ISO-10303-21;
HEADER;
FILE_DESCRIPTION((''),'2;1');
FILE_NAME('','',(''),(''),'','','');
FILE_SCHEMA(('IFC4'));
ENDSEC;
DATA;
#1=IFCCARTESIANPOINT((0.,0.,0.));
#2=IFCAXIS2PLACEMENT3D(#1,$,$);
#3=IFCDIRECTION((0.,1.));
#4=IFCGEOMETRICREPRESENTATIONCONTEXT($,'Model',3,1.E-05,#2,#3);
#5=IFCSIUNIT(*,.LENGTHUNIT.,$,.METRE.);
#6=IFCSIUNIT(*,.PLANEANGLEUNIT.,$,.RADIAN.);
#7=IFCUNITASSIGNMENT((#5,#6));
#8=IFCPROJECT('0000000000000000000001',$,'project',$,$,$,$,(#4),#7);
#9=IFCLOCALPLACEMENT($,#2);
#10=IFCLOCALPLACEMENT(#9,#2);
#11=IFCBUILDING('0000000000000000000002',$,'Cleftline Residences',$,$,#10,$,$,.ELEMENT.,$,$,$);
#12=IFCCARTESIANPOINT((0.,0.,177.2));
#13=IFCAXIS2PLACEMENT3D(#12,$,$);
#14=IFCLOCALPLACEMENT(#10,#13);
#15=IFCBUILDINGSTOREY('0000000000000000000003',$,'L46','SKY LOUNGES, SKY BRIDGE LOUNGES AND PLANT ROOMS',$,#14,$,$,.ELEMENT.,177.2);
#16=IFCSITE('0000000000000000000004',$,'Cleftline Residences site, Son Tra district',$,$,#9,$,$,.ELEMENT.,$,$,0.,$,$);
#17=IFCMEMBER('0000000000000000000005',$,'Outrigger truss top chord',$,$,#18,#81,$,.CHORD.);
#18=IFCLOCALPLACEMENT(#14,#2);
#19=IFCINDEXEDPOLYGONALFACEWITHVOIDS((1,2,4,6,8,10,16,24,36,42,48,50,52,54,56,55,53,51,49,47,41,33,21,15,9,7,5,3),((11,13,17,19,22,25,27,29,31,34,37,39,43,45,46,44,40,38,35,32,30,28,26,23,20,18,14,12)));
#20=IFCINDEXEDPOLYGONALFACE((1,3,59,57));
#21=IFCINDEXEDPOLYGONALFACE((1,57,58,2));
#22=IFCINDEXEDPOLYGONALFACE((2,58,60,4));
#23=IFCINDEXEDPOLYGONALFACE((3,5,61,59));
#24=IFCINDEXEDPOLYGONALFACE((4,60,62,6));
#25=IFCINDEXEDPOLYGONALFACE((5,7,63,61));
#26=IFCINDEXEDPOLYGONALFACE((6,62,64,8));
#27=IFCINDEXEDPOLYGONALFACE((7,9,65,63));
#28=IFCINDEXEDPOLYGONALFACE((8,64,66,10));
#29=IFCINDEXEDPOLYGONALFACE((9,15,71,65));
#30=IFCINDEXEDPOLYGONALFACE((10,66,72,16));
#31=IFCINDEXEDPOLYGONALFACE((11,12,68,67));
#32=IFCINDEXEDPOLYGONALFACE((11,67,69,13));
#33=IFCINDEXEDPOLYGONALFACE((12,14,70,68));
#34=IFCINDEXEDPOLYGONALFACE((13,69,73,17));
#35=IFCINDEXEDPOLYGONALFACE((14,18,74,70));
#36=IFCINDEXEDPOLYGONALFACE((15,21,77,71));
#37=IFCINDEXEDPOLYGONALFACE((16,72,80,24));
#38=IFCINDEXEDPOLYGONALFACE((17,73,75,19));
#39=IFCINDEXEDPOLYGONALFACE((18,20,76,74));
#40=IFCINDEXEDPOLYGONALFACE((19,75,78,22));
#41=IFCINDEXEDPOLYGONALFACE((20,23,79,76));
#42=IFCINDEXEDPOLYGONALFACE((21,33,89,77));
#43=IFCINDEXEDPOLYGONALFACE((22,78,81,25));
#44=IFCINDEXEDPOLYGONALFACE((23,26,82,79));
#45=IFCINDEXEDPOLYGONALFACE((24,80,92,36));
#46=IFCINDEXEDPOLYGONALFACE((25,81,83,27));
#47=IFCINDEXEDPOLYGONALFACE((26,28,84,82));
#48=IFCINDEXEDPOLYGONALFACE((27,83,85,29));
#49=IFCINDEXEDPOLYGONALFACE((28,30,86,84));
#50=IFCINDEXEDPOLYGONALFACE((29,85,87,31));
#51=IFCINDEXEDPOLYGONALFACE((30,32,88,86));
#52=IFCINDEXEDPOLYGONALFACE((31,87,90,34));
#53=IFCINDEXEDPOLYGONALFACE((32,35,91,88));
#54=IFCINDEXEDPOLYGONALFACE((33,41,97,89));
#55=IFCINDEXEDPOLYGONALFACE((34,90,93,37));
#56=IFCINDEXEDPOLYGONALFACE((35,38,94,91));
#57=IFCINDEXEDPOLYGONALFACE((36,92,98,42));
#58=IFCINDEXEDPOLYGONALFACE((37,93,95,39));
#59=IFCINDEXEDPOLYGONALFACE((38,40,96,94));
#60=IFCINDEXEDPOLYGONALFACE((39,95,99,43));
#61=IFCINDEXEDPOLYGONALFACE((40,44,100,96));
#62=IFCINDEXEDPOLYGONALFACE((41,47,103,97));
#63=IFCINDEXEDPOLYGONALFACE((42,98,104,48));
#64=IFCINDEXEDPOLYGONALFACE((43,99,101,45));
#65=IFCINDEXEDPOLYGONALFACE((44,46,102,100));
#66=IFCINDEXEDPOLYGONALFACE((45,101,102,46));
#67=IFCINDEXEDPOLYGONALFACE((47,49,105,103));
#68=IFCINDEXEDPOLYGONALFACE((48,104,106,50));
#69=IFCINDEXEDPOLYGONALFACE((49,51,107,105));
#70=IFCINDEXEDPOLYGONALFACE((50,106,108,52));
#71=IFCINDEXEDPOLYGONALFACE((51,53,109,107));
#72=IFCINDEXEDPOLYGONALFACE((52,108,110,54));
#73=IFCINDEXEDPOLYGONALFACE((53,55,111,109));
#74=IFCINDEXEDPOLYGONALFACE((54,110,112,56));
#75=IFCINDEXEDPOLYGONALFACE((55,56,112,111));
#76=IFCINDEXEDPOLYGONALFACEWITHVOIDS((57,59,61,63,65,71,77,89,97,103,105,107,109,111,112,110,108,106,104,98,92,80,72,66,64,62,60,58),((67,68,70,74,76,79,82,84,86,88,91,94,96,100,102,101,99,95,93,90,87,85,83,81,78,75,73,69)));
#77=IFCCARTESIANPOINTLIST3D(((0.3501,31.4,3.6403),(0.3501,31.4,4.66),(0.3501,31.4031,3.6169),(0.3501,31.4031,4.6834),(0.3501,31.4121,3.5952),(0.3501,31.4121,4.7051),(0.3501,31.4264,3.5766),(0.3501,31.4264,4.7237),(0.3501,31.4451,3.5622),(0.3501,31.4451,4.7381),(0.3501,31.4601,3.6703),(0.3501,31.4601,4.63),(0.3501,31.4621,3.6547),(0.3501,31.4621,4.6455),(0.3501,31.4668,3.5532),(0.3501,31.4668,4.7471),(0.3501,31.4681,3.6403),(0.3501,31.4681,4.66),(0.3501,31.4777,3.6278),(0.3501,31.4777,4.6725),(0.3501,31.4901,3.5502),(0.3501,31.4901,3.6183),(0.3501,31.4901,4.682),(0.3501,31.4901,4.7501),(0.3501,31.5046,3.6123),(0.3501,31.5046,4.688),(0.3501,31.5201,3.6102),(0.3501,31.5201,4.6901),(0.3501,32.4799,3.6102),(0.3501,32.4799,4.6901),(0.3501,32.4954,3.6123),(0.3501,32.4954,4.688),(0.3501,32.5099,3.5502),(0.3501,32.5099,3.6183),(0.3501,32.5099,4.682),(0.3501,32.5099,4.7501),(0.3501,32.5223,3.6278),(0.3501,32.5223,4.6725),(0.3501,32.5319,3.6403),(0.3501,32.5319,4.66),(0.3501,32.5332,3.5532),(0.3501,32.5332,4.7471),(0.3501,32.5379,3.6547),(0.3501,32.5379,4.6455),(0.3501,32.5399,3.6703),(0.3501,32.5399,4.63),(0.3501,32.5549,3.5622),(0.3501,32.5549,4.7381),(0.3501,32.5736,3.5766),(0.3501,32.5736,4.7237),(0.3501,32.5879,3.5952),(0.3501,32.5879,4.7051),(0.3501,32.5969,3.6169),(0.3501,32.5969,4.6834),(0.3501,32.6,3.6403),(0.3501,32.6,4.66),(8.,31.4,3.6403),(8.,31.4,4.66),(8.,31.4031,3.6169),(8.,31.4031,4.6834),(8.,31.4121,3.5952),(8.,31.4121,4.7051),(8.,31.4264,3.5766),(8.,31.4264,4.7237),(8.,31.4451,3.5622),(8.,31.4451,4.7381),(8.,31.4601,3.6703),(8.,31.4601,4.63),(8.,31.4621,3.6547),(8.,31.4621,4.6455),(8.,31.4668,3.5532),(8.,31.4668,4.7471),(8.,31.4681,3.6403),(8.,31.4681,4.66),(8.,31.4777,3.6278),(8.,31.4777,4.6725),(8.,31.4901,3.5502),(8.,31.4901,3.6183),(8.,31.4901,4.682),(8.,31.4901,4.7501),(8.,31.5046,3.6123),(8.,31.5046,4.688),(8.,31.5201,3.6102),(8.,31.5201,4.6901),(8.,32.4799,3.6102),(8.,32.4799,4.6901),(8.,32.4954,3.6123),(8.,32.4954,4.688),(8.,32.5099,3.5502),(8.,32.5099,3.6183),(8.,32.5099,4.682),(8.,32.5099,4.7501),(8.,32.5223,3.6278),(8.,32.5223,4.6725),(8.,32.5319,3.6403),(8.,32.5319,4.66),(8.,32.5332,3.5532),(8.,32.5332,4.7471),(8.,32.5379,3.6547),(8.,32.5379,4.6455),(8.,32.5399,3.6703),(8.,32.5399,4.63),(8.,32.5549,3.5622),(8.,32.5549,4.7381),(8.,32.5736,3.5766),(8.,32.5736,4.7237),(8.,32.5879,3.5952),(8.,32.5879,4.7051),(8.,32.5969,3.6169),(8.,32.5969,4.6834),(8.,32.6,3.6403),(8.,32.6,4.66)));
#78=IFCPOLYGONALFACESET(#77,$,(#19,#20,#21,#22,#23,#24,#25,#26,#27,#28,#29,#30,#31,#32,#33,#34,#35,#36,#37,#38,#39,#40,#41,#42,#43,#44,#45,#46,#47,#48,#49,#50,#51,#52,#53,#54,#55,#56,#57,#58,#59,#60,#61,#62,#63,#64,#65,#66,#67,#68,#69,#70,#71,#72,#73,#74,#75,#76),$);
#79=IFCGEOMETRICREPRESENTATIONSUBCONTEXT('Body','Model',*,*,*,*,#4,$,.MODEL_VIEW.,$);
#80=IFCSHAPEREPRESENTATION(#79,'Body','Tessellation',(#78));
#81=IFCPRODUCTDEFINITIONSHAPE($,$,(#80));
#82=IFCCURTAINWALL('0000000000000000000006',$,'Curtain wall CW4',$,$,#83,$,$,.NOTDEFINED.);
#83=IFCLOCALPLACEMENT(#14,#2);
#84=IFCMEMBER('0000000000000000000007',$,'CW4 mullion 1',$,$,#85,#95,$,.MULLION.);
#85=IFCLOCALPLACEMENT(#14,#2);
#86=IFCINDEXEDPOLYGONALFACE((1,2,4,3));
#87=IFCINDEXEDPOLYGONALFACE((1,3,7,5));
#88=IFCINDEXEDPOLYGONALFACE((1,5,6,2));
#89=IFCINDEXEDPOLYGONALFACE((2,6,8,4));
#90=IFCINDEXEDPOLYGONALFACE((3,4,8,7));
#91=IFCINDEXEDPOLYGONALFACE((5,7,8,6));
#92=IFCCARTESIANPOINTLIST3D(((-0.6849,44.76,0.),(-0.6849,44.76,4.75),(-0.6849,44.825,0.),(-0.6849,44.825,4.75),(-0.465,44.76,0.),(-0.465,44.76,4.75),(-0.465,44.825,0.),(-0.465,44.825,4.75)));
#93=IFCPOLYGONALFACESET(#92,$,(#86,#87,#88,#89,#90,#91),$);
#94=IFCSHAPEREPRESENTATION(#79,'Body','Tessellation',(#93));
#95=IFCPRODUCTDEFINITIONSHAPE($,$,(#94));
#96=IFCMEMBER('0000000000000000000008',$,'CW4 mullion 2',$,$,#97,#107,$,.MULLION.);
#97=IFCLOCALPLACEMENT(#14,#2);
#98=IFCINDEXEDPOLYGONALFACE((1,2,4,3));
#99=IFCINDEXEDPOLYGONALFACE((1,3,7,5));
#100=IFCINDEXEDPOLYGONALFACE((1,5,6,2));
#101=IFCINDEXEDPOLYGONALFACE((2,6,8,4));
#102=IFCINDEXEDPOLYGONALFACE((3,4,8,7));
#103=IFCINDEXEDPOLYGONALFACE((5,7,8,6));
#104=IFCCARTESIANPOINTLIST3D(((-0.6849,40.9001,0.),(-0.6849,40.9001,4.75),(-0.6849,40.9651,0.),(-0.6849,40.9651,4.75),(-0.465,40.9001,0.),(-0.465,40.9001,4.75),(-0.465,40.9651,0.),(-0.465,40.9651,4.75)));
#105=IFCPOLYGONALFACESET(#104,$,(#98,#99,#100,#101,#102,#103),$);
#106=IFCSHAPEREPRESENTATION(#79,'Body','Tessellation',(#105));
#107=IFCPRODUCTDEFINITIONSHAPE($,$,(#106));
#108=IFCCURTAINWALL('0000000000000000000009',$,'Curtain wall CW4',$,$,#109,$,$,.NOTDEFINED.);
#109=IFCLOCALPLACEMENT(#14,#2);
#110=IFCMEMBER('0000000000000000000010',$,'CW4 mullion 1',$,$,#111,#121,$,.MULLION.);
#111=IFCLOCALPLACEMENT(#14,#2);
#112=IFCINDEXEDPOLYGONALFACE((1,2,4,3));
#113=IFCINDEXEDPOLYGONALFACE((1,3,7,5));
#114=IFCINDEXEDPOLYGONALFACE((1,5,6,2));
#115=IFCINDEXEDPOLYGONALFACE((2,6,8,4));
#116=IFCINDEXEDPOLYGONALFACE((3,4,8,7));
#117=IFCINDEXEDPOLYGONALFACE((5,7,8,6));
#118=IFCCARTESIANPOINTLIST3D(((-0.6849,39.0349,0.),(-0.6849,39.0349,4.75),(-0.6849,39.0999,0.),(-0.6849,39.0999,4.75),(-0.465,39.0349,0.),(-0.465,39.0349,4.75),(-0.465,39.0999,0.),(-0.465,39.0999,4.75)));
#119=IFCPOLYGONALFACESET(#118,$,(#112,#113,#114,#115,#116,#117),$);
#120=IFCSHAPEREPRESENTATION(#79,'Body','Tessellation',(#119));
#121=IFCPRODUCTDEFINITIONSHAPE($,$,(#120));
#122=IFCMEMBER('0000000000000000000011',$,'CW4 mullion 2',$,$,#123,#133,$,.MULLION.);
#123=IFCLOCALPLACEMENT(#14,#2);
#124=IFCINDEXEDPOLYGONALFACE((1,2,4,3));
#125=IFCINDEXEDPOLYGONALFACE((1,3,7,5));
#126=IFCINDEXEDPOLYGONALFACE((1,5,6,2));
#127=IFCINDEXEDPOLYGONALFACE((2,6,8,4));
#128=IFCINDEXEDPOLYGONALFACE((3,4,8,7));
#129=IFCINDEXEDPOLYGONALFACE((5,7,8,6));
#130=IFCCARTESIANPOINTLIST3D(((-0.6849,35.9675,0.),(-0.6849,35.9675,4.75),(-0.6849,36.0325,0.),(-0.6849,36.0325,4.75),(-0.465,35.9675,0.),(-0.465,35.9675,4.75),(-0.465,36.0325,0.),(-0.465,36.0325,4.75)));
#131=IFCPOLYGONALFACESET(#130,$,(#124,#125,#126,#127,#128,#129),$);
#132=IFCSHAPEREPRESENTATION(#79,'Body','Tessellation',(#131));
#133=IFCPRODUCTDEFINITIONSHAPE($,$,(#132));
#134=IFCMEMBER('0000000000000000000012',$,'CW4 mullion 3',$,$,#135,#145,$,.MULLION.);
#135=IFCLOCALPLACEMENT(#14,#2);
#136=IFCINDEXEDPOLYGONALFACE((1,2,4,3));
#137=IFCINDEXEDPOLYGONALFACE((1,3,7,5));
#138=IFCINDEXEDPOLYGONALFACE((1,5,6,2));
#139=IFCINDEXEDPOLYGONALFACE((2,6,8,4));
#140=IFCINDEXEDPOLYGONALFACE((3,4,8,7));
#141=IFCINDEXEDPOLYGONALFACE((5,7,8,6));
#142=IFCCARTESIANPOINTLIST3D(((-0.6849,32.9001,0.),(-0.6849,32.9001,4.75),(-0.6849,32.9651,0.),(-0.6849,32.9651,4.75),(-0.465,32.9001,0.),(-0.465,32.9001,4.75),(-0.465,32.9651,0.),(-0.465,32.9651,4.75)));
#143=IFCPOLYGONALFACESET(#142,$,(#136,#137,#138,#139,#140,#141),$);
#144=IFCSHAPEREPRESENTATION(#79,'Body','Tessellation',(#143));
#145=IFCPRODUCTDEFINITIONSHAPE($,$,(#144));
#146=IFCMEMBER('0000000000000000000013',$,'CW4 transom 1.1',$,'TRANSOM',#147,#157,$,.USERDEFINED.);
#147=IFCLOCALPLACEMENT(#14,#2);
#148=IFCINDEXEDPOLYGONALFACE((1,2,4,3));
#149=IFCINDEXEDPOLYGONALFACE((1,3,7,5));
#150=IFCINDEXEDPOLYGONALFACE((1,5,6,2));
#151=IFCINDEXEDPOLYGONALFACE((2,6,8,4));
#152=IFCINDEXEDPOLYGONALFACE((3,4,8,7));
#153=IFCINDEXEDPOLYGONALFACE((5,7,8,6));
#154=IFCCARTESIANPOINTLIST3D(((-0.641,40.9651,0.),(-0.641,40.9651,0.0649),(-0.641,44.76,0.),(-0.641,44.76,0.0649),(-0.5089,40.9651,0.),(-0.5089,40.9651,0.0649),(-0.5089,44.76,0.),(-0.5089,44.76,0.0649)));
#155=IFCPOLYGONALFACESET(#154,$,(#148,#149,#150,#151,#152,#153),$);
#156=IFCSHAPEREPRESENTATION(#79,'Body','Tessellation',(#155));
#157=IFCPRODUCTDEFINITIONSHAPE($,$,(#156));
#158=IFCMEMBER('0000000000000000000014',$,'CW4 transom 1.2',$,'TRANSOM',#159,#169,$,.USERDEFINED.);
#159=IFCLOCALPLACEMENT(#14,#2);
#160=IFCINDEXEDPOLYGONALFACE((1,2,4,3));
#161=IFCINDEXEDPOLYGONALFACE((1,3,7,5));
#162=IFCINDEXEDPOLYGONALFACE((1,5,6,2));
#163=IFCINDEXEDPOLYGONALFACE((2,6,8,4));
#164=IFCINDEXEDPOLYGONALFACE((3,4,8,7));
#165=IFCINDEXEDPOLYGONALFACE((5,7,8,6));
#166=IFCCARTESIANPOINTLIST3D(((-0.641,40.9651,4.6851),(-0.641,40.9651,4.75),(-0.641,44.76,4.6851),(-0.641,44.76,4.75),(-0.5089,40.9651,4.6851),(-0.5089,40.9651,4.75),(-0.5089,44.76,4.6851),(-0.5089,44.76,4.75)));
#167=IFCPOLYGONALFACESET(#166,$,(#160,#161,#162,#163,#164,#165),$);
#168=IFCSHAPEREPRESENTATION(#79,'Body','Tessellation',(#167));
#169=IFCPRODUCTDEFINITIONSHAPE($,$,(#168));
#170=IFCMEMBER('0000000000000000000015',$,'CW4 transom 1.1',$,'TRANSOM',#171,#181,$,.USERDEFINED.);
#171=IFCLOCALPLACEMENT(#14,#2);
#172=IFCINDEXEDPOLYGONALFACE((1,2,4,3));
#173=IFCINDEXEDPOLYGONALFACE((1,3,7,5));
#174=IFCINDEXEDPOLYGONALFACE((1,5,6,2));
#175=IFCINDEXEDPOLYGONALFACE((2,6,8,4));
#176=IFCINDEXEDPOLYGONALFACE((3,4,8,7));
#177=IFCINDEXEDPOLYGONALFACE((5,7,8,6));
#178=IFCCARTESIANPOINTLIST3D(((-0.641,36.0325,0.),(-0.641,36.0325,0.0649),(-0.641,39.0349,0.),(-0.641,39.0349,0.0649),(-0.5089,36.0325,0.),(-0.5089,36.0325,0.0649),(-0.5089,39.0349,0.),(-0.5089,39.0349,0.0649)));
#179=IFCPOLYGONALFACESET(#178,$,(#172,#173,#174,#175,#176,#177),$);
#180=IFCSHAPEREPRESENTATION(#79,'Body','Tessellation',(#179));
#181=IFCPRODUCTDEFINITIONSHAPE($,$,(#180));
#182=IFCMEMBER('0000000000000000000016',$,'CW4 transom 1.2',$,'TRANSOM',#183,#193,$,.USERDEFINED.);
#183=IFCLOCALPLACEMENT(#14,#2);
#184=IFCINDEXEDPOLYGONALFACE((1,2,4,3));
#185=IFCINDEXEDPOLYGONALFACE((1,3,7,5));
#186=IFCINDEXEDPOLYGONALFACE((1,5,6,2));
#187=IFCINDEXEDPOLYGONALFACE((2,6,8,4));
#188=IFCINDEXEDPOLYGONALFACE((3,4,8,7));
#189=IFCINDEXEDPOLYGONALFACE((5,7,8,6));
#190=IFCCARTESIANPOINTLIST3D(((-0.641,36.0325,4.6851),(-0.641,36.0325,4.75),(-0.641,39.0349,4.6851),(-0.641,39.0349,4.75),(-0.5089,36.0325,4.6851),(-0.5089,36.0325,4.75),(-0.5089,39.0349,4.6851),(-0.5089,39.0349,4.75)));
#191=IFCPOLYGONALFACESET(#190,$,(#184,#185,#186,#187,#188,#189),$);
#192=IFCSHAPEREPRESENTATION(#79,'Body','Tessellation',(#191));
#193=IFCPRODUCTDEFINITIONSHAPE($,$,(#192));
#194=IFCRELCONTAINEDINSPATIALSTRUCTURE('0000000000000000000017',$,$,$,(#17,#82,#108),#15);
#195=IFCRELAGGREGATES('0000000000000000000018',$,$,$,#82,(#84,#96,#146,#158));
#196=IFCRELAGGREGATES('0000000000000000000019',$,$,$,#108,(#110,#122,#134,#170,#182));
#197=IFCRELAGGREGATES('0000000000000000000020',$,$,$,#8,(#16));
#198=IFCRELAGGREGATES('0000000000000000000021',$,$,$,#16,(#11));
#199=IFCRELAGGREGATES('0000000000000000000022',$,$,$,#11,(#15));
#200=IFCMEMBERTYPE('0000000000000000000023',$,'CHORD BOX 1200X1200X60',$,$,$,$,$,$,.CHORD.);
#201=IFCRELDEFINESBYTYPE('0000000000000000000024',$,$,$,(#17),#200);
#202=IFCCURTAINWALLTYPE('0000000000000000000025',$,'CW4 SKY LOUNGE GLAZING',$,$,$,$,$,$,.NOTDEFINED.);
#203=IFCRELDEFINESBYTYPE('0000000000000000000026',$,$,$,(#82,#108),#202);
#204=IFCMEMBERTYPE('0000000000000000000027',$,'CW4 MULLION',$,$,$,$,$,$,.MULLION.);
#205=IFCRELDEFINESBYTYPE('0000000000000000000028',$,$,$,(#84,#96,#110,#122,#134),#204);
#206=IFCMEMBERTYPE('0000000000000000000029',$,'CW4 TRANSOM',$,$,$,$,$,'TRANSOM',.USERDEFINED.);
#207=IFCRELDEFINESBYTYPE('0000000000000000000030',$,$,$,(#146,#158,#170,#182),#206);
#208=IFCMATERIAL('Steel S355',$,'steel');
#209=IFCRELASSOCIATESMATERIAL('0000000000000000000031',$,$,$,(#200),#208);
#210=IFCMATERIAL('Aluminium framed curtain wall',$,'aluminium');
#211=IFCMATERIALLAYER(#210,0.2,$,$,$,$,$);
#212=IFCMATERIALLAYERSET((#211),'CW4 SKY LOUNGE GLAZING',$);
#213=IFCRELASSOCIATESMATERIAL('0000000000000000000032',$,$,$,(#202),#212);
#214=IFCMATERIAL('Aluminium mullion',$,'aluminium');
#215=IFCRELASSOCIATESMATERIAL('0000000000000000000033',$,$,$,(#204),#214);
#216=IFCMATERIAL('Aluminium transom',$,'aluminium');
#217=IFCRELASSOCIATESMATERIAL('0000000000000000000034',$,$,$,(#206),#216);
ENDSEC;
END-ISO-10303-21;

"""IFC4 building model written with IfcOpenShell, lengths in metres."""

from ifc_helpers import new_model, si_unit, direction, frame, origin, origin_2d, place, context, subcontext, project, spatial, rectangle, hollow_rectangle, extrude, material, layer, layer_set, material_profile, profile_set, type_object, element, aggregate, save


model = new_model("IFC4")

# Units and contexts
model_context = context("Model", 3, precision=1e-05, world=origin(), true_north=direction((0.0, 1.0)))
body_context = subcontext(model_context, "Body", "Model", "MODEL_VIEW")
ifc_project = project(units=[si_unit("LENGTHUNIT", "METRE"), si_unit("PLANEANGLEUNIT", "RADIAN")], contexts=[model_context])

# Site, building, storey
site_placement = place(None, origin())
site = spatial("IfcSite", under=ifc_project, at=site_placement, Name="Cleftline Residences site, Son Tra district", CompositionType="ELEMENT", RefElevation=0.0)
building_placement = place(site_placement, origin())
building = spatial("IfcBuilding", under=site, at=building_placement, Name="Cleftline Residences", CompositionType="ELEMENT")
storey_placement = place(building_placement, frame((0.0, 0.0, 177.2)))
storey = spatial("IfcBuildingStorey", under=building, at=storey_placement, Name="L46", Description="SKY LOUNGES, SKY BRIDGE LOUNGES AND PLANT ROOMS", CompositionType="ELEMENT", Elevation=177.2)

# Member
ifc_material_1 = material(Name="Steel S355", Category="steel")
ifc_material_profile_1 = material_profile(ifc_material_1, hollow_rectangle(XDim=1.2, YDim=1.2, WallThickness=0.0601, InnerFilletRadius=0.0601, OuterFilletRadius=0.0901, at=origin_2d()))
ifc_profile_set_1 = profile_set([ifc_material_profile_1], Name="Steel S355")
member_type_1 = type_object("IfcMemberType", Name="CHORD BOX 1200X1200X60", PredefinedType="CHORD", material=ifc_profile_set_1)
member_1_placement = place(storey_placement, frame((8.0, 32.0, 4.1501), z_axis=(-1.0, 0.0, 0.0), x_axis=(0.0, -1.0, 0.0)))
element("IfcMember", 1, at=member_1_placement, inside=storey, type_object=member_type_1, Name="Outrigger truss top chord", PredefinedType="CHORD", context=body_context, shape_type="SweptSolid", body=[
    extrude(hollow_rectangle(XDim=1.2, YDim=1.2, WallThickness=0.0601, InnerFilletRadius=0.0601, OuterFilletRadius=0.0901, at=origin_2d()), origin(), (0.0, 0.0, 1.0), 7.6499),
])

# Curtain walls, members
ifc_material_2 = material(Name="Aluminium framed curtain wall", Category="aluminium")
ifc_layer_1 = layer(ifc_material_2, 0.2)
ifc_layer_set_1 = layer_set([ifc_layer_1], Name="CW4 SKY LOUNGE GLAZING")
curtain_wall_type = type_object("IfcCurtainWallType", Name="CW4 SKY LOUNGE GLAZING", PredefinedType="NOTDEFINED", material=ifc_layer_set_1)
curtain_wall_1_placement = place(storey_placement, origin())
curtain_wall_1 = element("IfcCurtainWall", 2, at=curtain_wall_1_placement, inside=storey, type_object=curtain_wall_type, Name="Curtain wall CW4", PredefinedType="NOTDEFINED")
ifc_material_3 = material(Name="Aluminium mullion", Category="aluminium")
ifc_material_profile_2 = material_profile(ifc_material_3, rectangle(XDim=0.22, YDim=0.0649, at=origin_2d()))
ifc_profile_set_2 = profile_set([ifc_material_profile_2], Name="Aluminium mullion")
member_type_2 = type_object("IfcMemberType", Name="CW4 MULLION", PredefinedType="MULLION", material=ifc_profile_set_2)
member_2_placement = place(storey_placement, frame((-0.575, 44.7925, 0.0), z_axis=(0.0, 0.0, 1.0), x_axis=(1.0, 0.0, 0.0)))
member_2 = element("IfcMember", 3, at=member_2_placement, type_object=member_type_2, Name="CW4 mullion 1", PredefinedType="MULLION", context=body_context, shape_type="SweptSolid", body=[
    extrude(rectangle(XDim=0.22, YDim=0.0649, at=origin_2d()), origin(), (0.0, 0.0, 1.0), 4.75),
])
member_3_placement = place(storey_placement, frame((-0.575, 40.9326, 0.0), z_axis=(0.0, 0.0, 1.0), x_axis=(1.0, 0.0, 0.0)))
member_3 = element("IfcMember", 4, at=member_3_placement, type_object=member_type_2, Name="CW4 mullion 2", PredefinedType="MULLION", context=body_context, shape_type="SweptSolid", body=[
    extrude(rectangle(XDim=0.22, YDim=0.0649, at=origin_2d()), origin(), (0.0, 0.0, 1.0), 4.75),
])
curtain_wall_2_placement = place(storey_placement, origin())
curtain_wall_2 = element("IfcCurtainWall", 5, at=curtain_wall_2_placement, inside=storey, type_object=curtain_wall_type, Name="Curtain wall CW4", PredefinedType="NOTDEFINED")
member_4_placement = place(storey_placement, frame((-0.575, 39.0674, 0.0), z_axis=(0.0, 0.0, 1.0), x_axis=(1.0, 0.0, 0.0)))
member_4 = element("IfcMember", 6, at=member_4_placement, type_object=member_type_2, Name="CW4 mullion 1", PredefinedType="MULLION", context=body_context, shape_type="SweptSolid", body=[
    extrude(rectangle(XDim=0.22, YDim=0.0649, at=origin_2d()), origin(), (0.0, 0.0, 1.0), 4.75),
])
member_5_placement = place(storey_placement, frame((-0.575, 36.0, 0.0), z_axis=(0.0, 0.0, 1.0), x_axis=(1.0, 0.0, 0.0)))
member_5 = element("IfcMember", 7, at=member_5_placement, type_object=member_type_2, Name="CW4 mullion 2", PredefinedType="MULLION", context=body_context, shape_type="SweptSolid", body=[
    extrude(rectangle(XDim=0.22, YDim=0.0649, at=origin_2d()), origin(), (0.0, 0.0, 1.0), 4.75),
])
member_6_placement = place(storey_placement, frame((-0.575, 32.9326, 0.0), z_axis=(0.0, 0.0, 1.0), x_axis=(1.0, 0.0, 0.0)))
member_6 = element("IfcMember", 8, at=member_6_placement, type_object=member_type_2, Name="CW4 mullion 3", PredefinedType="MULLION", context=body_context, shape_type="SweptSolid", body=[
    extrude(rectangle(XDim=0.22, YDim=0.0649, at=origin_2d()), origin(), (0.0, 0.0, 1.0), 4.75),
])

# Members
ifc_material_4 = material(Name="Aluminium transom", Category="aluminium")
ifc_material_profile_3 = material_profile(ifc_material_4, rectangle(XDim=0.1321, YDim=0.0649, at=origin_2d()))
ifc_profile_set_3 = profile_set([ifc_material_profile_3], Name="Aluminium transom")
member_type_3 = type_object("IfcMemberType", Name="CW4 TRANSOM", ElementType="TRANSOM", PredefinedType="USERDEFINED", material=ifc_profile_set_3)
member_7_placement = place(storey_placement, frame((-0.575, 44.76, 0.0325), z_axis=(0.0, -1.0, 0.0), x_axis=(1.0, 0.0, 0.0)))
member_7 = element("IfcMember", 9, at=member_7_placement, type_object=member_type_3, Name="CW4 transom 1.1", ObjectType="TRANSOM", PredefinedType="USERDEFINED", context=body_context, shape_type="SweptSolid", body=[
    extrude(rectangle(XDim=0.1321, YDim=0.0649, at=origin_2d()), origin(), (0.0, 0.0, 1.0), 3.7949),
])
member_8_placement = place(storey_placement, frame((-0.575, 44.76, 4.7175), z_axis=(0.0, -1.0, 0.0), x_axis=(1.0, 0.0, 0.0)))
member_8 = element("IfcMember", 10, at=member_8_placement, type_object=member_type_3, Name="CW4 transom 1.2", ObjectType="TRANSOM", PredefinedType="USERDEFINED", context=body_context, shape_type="SweptSolid", body=[
    extrude(rectangle(XDim=0.1321, YDim=0.0649, at=origin_2d()), origin(), (0.0, 0.0, 1.0), 3.7949),
])
member_9_placement = place(storey_placement, frame((-0.575, 39.0349, 0.0325), z_axis=(0.0, -1.0, 0.0), x_axis=(1.0, 0.0, 0.0)))
member_9 = element("IfcMember", 11, at=member_9_placement, type_object=member_type_3, Name="CW4 transom 1.1", ObjectType="TRANSOM", PredefinedType="USERDEFINED", context=body_context, shape_type="SweptSolid", body=[
    extrude(rectangle(XDim=0.1321, YDim=0.0649, at=origin_2d()), origin(), (0.0, 0.0, 1.0), 3.0024),
])
member_10_placement = place(storey_placement, frame((-0.575, 39.0349, 4.7175), z_axis=(0.0, -1.0, 0.0), x_axis=(1.0, 0.0, 0.0)))
member_10 = element("IfcMember", 12, at=member_10_placement, type_object=member_type_3, Name="CW4 transom 1.2", ObjectType="TRANSOM", PredefinedType="USERDEFINED", context=body_context, shape_type="SweptSolid", body=[
    extrude(rectangle(XDim=0.1321, YDim=0.0649, at=origin_2d()), origin(), (0.0, 0.0, 1.0), 3.0024),
])

aggregate(curtain_wall_1, [member_2, member_3, member_7, member_8])
aggregate(curtain_wall_2, [member_4, member_5, member_6, member_9, member_10])

save(model, "model.ifc")
